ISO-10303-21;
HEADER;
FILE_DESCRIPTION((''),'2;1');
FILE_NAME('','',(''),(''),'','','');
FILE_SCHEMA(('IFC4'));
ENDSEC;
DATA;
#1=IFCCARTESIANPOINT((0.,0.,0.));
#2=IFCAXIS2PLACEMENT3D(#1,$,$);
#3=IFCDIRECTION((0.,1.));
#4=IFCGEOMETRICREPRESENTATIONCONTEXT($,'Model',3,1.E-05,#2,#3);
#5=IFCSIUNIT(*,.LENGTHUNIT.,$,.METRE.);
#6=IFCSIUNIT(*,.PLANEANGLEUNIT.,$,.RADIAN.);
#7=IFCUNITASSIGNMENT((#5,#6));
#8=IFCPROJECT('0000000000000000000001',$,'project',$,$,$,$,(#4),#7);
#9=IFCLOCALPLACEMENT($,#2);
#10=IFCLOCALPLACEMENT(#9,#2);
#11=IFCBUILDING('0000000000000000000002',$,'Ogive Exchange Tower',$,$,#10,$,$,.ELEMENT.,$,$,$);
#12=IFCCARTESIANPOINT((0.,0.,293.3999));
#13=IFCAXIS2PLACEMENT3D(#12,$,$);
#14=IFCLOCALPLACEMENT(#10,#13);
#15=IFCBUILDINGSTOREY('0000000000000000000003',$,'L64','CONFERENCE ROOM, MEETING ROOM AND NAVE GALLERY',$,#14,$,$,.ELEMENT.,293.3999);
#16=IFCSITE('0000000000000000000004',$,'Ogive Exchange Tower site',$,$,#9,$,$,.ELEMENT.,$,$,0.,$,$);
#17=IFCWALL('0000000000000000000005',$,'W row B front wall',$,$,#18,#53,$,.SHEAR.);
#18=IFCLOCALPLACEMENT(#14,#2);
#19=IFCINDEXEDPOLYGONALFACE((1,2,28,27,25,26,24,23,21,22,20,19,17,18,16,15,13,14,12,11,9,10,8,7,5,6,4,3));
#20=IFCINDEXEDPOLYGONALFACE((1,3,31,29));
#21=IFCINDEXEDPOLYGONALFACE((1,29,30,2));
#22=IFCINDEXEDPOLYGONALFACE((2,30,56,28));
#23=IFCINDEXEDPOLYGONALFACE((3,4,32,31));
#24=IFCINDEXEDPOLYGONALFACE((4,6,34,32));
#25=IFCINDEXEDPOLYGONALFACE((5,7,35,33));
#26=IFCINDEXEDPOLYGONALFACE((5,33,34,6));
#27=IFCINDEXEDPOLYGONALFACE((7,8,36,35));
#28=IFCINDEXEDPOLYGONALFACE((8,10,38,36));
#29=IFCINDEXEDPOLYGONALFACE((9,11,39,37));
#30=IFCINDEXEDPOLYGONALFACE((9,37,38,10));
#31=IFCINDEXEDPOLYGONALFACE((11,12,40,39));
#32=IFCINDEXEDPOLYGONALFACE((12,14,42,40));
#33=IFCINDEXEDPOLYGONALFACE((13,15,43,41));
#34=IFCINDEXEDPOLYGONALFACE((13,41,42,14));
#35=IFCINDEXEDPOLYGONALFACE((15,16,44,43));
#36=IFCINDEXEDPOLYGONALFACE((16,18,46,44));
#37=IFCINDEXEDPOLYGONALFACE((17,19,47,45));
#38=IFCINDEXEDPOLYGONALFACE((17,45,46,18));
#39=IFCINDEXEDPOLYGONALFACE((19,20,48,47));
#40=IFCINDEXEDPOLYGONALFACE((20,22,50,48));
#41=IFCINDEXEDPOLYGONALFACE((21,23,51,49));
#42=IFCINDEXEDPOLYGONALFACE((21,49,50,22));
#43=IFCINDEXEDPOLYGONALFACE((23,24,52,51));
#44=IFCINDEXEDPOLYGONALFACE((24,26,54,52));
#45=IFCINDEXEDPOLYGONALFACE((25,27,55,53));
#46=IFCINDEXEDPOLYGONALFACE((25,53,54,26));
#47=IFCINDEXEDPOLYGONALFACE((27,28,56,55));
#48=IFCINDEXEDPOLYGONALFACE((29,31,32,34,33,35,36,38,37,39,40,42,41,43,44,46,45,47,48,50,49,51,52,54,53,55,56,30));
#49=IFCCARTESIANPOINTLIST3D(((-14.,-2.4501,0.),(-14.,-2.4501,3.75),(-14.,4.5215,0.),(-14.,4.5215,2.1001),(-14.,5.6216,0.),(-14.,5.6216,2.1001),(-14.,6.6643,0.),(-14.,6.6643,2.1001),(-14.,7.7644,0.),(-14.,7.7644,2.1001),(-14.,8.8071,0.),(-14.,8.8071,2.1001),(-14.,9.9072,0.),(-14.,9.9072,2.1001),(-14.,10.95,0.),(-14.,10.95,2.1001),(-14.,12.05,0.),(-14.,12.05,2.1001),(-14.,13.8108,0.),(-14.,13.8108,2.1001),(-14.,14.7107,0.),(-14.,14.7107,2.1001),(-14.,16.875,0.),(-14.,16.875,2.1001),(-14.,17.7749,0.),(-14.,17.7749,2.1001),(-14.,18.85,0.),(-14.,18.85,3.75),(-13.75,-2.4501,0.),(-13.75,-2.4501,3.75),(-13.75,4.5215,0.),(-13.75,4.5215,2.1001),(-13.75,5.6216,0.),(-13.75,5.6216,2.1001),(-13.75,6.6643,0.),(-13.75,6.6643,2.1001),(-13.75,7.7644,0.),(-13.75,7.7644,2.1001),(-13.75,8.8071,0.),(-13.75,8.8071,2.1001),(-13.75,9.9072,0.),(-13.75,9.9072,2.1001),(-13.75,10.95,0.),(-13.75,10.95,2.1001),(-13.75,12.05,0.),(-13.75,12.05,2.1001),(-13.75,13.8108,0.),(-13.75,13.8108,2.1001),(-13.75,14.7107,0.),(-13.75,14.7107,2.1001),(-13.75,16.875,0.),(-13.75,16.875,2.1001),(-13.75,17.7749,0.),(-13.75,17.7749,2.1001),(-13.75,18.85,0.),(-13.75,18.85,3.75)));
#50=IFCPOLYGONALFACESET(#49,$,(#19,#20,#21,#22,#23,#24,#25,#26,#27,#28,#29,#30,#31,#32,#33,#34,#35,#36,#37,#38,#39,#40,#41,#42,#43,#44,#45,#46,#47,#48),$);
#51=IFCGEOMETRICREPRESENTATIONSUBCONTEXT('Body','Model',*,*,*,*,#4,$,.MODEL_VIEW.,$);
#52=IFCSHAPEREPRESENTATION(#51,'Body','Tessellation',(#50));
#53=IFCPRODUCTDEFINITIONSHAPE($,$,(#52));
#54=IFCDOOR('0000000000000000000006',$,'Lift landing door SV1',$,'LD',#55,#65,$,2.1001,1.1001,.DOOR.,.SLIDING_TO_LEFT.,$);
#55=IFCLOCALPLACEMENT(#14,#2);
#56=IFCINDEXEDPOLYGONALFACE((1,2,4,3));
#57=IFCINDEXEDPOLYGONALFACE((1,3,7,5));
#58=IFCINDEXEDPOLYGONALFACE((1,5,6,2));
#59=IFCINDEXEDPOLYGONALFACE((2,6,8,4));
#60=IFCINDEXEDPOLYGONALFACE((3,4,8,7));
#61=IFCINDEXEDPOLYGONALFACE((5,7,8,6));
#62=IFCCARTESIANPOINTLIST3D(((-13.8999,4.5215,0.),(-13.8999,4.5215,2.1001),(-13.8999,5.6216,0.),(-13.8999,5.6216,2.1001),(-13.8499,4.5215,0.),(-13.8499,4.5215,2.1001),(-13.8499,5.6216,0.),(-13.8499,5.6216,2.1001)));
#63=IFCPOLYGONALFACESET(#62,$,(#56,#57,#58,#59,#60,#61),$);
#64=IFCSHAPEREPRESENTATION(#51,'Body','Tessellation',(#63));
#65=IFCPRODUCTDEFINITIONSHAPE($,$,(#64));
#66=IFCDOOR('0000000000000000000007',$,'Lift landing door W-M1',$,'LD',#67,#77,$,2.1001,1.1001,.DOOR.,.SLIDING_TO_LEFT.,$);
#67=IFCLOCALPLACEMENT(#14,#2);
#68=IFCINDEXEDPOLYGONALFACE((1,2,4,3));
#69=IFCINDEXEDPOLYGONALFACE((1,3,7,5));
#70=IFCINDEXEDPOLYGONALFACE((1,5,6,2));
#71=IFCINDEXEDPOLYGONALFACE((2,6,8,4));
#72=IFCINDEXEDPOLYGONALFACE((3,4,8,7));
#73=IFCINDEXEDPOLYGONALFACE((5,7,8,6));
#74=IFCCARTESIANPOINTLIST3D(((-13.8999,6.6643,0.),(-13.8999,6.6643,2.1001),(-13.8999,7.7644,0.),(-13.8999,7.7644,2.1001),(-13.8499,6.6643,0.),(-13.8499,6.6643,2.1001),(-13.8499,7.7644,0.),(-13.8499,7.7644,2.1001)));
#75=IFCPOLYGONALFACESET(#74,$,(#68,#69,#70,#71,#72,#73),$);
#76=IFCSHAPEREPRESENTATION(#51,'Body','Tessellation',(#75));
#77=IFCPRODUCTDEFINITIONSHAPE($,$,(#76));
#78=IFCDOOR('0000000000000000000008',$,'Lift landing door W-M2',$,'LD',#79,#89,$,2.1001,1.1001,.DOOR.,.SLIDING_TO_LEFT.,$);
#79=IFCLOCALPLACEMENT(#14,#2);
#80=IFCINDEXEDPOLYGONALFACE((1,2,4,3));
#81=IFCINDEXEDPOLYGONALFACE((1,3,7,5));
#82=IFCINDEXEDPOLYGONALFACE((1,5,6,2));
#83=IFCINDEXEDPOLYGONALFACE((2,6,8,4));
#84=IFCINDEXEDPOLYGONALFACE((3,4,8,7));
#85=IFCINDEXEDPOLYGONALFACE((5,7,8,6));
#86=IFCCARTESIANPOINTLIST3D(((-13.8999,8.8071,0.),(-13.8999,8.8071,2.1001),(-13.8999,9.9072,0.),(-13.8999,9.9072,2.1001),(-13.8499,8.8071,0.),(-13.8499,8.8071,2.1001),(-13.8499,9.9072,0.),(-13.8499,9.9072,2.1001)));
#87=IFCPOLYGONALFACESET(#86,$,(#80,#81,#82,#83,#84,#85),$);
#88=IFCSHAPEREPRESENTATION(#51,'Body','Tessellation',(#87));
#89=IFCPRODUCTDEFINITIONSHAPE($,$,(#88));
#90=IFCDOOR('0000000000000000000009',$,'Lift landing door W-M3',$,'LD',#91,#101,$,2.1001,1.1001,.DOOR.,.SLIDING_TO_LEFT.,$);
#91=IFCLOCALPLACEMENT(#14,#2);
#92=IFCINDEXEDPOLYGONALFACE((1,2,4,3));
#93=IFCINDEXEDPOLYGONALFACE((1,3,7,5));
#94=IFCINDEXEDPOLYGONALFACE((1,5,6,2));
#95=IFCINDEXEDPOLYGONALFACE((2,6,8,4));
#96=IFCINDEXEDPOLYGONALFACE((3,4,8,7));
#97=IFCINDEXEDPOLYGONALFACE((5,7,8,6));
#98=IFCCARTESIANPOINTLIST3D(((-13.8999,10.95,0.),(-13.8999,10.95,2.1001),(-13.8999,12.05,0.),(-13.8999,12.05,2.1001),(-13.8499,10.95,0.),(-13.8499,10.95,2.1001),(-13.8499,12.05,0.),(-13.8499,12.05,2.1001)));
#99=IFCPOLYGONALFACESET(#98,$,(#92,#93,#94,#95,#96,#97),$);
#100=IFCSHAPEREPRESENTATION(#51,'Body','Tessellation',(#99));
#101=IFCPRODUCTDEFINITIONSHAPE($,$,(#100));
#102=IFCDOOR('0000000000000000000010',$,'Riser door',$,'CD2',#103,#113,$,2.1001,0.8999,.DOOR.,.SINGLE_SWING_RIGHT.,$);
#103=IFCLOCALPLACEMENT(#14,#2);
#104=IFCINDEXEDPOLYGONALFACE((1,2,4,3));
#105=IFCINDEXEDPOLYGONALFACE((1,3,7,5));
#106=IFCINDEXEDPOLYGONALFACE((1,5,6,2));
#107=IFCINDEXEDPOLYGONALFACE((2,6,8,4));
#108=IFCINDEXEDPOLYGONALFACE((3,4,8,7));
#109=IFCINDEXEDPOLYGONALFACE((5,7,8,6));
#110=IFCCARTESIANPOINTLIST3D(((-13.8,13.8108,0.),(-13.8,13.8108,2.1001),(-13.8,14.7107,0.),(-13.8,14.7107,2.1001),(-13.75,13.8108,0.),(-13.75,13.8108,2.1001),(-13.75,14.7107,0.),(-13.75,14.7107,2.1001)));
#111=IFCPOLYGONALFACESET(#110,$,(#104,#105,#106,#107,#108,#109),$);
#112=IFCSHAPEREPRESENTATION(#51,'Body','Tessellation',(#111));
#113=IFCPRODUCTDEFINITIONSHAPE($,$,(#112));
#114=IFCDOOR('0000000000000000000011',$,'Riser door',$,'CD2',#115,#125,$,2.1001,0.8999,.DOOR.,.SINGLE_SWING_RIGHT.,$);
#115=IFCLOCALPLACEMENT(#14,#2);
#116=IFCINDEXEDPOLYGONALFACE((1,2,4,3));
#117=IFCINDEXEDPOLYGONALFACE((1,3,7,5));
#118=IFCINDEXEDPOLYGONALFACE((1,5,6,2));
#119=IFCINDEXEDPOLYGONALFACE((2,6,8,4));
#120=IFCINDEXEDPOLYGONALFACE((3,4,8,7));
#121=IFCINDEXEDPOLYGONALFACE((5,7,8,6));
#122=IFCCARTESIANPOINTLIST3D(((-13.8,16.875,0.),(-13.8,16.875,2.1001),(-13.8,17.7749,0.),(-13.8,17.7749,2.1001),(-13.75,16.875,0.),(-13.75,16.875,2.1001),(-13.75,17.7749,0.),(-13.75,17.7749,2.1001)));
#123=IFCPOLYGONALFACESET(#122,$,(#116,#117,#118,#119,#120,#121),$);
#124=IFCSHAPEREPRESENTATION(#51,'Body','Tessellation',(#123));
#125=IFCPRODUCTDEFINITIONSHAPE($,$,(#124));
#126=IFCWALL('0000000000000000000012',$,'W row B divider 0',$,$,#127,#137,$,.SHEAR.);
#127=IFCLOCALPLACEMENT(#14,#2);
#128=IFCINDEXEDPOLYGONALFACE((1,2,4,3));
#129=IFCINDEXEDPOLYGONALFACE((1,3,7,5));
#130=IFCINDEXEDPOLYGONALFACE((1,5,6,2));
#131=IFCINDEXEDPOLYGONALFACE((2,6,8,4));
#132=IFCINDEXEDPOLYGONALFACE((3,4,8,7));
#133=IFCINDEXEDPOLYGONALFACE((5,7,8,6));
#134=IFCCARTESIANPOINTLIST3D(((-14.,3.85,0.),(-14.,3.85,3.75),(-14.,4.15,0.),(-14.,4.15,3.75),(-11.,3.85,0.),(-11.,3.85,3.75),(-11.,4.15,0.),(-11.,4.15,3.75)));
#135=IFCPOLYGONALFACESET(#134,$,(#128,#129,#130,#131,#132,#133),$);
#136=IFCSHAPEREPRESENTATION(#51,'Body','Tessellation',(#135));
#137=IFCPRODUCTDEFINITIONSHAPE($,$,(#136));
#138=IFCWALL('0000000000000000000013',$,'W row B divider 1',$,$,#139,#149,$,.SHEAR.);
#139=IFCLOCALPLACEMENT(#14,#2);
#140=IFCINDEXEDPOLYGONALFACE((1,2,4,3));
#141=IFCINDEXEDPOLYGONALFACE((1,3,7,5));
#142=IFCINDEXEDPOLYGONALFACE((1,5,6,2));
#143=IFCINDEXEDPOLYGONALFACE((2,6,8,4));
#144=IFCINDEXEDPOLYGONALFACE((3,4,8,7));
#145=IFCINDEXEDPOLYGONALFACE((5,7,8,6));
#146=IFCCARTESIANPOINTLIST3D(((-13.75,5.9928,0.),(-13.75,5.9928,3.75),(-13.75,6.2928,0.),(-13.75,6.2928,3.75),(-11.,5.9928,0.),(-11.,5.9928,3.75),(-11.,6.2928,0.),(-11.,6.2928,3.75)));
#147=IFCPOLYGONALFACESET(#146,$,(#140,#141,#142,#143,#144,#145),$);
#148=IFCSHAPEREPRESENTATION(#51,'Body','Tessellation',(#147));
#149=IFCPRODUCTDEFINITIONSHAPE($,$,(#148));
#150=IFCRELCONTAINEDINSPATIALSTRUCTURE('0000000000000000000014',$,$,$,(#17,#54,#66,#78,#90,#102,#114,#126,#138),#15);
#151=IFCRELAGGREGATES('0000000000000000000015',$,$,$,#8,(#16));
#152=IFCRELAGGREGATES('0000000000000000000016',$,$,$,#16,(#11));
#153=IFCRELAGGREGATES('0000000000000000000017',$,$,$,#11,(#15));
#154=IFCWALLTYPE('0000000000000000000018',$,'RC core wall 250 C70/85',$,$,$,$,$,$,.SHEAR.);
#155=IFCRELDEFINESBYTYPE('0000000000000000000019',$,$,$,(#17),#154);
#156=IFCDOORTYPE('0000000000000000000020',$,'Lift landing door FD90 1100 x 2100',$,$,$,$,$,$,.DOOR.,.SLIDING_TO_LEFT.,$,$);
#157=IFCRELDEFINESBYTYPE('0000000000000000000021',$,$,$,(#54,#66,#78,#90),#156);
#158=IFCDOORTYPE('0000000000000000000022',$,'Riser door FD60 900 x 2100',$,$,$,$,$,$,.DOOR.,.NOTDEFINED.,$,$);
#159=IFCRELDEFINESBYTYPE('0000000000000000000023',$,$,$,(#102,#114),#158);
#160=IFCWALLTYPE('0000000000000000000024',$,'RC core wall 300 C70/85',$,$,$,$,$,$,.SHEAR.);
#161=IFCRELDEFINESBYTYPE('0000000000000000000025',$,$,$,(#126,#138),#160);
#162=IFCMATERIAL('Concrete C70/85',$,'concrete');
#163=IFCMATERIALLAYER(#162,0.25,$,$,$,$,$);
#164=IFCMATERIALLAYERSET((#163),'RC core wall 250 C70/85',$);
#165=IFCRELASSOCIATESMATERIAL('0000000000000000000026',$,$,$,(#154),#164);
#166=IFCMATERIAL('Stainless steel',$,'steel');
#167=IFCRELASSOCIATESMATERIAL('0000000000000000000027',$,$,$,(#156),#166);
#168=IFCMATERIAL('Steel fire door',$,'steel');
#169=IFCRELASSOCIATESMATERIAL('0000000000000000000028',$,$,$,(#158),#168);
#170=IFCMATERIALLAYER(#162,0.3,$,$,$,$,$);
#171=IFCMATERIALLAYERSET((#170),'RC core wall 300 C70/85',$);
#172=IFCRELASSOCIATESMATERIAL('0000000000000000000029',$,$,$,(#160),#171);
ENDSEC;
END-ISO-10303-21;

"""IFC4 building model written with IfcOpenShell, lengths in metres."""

from ifc_helpers import new_model, si_unit, direction, frame, frame_2d, origin, place, context, subcontext, project, spatial, rectangle, extrude, material, layer, layer_set, type_object, element, fill, save


model = new_model("IFC4")

# Units and contexts
model_context = context("Model", 3, precision=1e-05, world=origin(), true_north=direction((0.0, 1.0)))
body_context = subcontext(model_context, "Body", "Model", "MODEL_VIEW")
ifc_project = project(units=[si_unit("LENGTHUNIT", "METRE"), si_unit("PLANEANGLEUNIT", "RADIAN")], contexts=[model_context])

# Site, building, storey
site_placement = place(None, origin())
site = spatial("IfcSite", under=ifc_project, at=site_placement, Name="Ogive Exchange Tower site", CompositionType="ELEMENT", RefElevation=0.0)
building_placement = place(site_placement, origin())
building = spatial("IfcBuilding", under=site, at=building_placement, Name="Ogive Exchange Tower", CompositionType="ELEMENT")
storey_placement = place(building_placement, frame((0.0, 0.0, 293.3999)))
storey = spatial("IfcBuildingStorey", under=building, at=storey_placement, Name="L64", Description="CONFERENCE ROOM, MEETING ROOM AND NAVE GALLERY", CompositionType="ELEMENT", Elevation=293.3999)

# Shared definitions
ifc_material_1 = material(Name="Concrete C70/85", Category="concrete")
ifc_material_2 = material(Name="Steel fire door", Category="steel")

# Wall, openings, doors
ifc_layer_1 = layer(ifc_material_1, 0.25)
ifc_layer_set_1 = layer_set([ifc_layer_1], Name="RC core wall 250 C70/85")
wall_type_1 = type_object("IfcWallType", Name="RC core wall 250 C70/85", PredefinedType="SHEAR", material=ifc_layer_set_1)
wall_1_placement = place(storey_placement, frame((-13.875, -2.45, 0.0), z_axis=(0.0, 0.0, 1.0), x_axis=(0.0, 1.0, 0.0)))
wall_1 = element("IfcWall", 1, at=wall_1_placement, inside=storey, type_object=wall_type_1, Name="W row B front wall", PredefinedType="SHEAR", context=body_context, shape_type="SweptSolid", body=[
    extrude(rectangle(XDim=21.3, YDim=0.25, at=frame_2d((10.6499, 0.0))), origin(), (0.0, 0.0, 1.0), 3.75),
])
opening_1_placement = place(wall_1_placement, frame((16.2607, 0.0, 0.0)))
opening_1 = element("IfcOpeningElement", 2, at=opening_1_placement, cuts=wall_1, PredefinedType="OPENING", context=body_context, shape_type="SweptSolid", body=[
    extrude(rectangle(XDim=0.8999, YDim=2.1001, at=frame_2d((0.45, 1.05))), frame((0.0, 0.135, 0.0), z_axis=(0.0, -1.0, 0.0), x_axis=(1.0, 0.0, 0.0)), (0.0, 0.0, 1.0), 0.27),
])
opening_2_placement = place(wall_1_placement, frame((19.325, 0.0, 0.0)))
opening_2 = element("IfcOpeningElement", 3, at=opening_2_placement, cuts=wall_1, PredefinedType="OPENING", context=body_context, shape_type="SweptSolid", body=[
    extrude(rectangle(XDim=0.8999, YDim=2.1001, at=frame_2d((0.45, 1.05))), frame((0.0, 0.135, 0.0), z_axis=(0.0, -1.0, 0.0), x_axis=(1.0, 0.0, 0.0)), (0.0, 0.0, 1.0), 0.27),
])
opening_3_placement = place(wall_1_placement, frame((6.9714, 0.0, 0.0)))
opening_3 = element("IfcOpeningElement", 4, at=opening_3_placement, cuts=wall_1, PredefinedType="OPENING", context=body_context, shape_type="SweptSolid", body=[
    extrude(rectangle(XDim=1.1001, YDim=2.1001, at=frame_2d((0.55, 1.05))), frame((0.0, 0.135, 0.0), z_axis=(0.0, -1.0, 0.0), x_axis=(1.0, 0.0, 0.0)), (0.0, 0.0, 1.0), 0.27),
])
opening_4_placement = place(wall_1_placement, frame((9.1143, 0.0, 0.0)))
opening_4 = element("IfcOpeningElement", 5, at=opening_4_placement, cuts=wall_1, PredefinedType="OPENING", context=body_context, shape_type="SweptSolid", body=[
    extrude(rectangle(XDim=1.1001, YDim=2.1001, at=frame_2d((0.55, 1.05))), frame((0.0, 0.135, 0.0), z_axis=(0.0, -1.0, 0.0), x_axis=(1.0, 0.0, 0.0)), (0.0, 0.0, 1.0), 0.27),
])
opening_5_placement = place(wall_1_placement, frame((11.2571, 0.0, 0.0)))
opening_5 = element("IfcOpeningElement", 6, at=opening_5_placement, cuts=wall_1, PredefinedType="OPENING", context=body_context, shape_type="SweptSolid", body=[
    extrude(rectangle(XDim=1.1001, YDim=2.1001, at=frame_2d((0.55, 1.05))), frame((0.0, 0.135, 0.0), z_axis=(0.0, -1.0, 0.0), x_axis=(1.0, 0.0, 0.0)), (0.0, 0.0, 1.0), 0.27),
])
opening_6_placement = place(wall_1_placement, frame((13.3999, 0.0, 0.0)))
opening_6 = element("IfcOpeningElement", 7, at=opening_6_placement, cuts=wall_1, PredefinedType="OPENING", context=body_context, shape_type="SweptSolid", body=[
    extrude(rectangle(XDim=1.1001, YDim=2.1001, at=frame_2d((0.55, 1.05))), frame((0.0, 0.135, 0.0), z_axis=(0.0, -1.0, 0.0), x_axis=(1.0, 0.0, 0.0)), (0.0, 0.0, 1.0), 0.27),
])
ifc_material_3 = material(Name="Stainless steel", Category="steel")
door_type_1 = type_object("IfcDoorType", Name="Lift landing door FD90 1100 x 2100", OperationType="SLIDING_TO_LEFT", PredefinedType="DOOR", material=ifc_material_3)
door_1_placement = place(opening_3_placement, origin())
door_1 = element("IfcDoor", 8, at=door_1_placement, inside=storey, type_object=door_type_1, Name="Lift landing door SV1", ObjectType="LD", OperationType="SLIDING_TO_LEFT", OverallHeight=2.1001, OverallWidth=1.1001, PredefinedType="DOOR", context=body_context, shape_type="SweptSolid", body=[
    extrude(rectangle(XDim=1.1001, YDim=2.1001, at=frame_2d((0.55, 1.05))), frame((0.0, 0.0249, 0.0), z_axis=(0.0, -1.0, 0.0), x_axis=(1.0, 0.0, 0.0)), (0.0, 0.0, 1.0), 0.05),
])
fill(opening_3, door_1)
door_2_placement = place(opening_4_placement, origin())
door_2 = element("IfcDoor", 9, at=door_2_placement, inside=storey, type_object=door_type_1, Name="Lift landing door W-M1", ObjectType="LD", OperationType="SLIDING_TO_LEFT", OverallHeight=2.1001, OverallWidth=1.1001, PredefinedType="DOOR", context=body_context, shape_type="SweptSolid", body=[
    extrude(rectangle(XDim=1.1001, YDim=2.1001, at=frame_2d((0.55, 1.05))), frame((0.0, 0.0249, 0.0), z_axis=(0.0, -1.0, 0.0), x_axis=(1.0, 0.0, 0.0)), (0.0, 0.0, 1.0), 0.05),
])
fill(opening_4, door_2)
door_3_placement = place(opening_5_placement, origin())
door_3 = element("IfcDoor", 10, at=door_3_placement, inside=storey, type_object=door_type_1, Name="Lift landing door W-M2", ObjectType="LD", OperationType="SLIDING_TO_LEFT", OverallHeight=2.1001, OverallWidth=1.1001, PredefinedType="DOOR", context=body_context, shape_type="SweptSolid", body=[
    extrude(rectangle(XDim=1.1001, YDim=2.1001, at=frame_2d((0.55, 1.05))), frame((0.0, 0.0249, 0.0), z_axis=(0.0, -1.0, 0.0), x_axis=(1.0, 0.0, 0.0)), (0.0, 0.0, 1.0), 0.05),
])
fill(opening_5, door_3)
door_4_placement = place(opening_6_placement, origin())
door_4 = element("IfcDoor", 11, at=door_4_placement, inside=storey, type_object=door_type_1, Name="Lift landing door W-M3", ObjectType="LD", OperationType="SLIDING_TO_LEFT", OverallHeight=2.1001, OverallWidth=1.1001, PredefinedType="DOOR", context=body_context, shape_type="SweptSolid", body=[
    extrude(rectangle(XDim=1.1001, YDim=2.1001, at=frame_2d((0.55, 1.05))), frame((0.0, 0.0249, 0.0), z_axis=(0.0, -1.0, 0.0), x_axis=(1.0, 0.0, 0.0)), (0.0, 0.0, 1.0), 0.05),
])
fill(opening_6, door_4)
door_type_2 = type_object("IfcDoorType", Name="Riser door FD60 900 x 2100", OperationType="NOTDEFINED", PredefinedType="DOOR", material=ifc_material_2)
door_5_placement = place(opening_1_placement, frame((0.8999, -0.2002, 0.0), z_axis=(0.0, 0.0, 1.0), x_axis=(-1.0, 0.0, 0.0)))
door_5 = element("IfcDoor", 12, at=door_5_placement, inside=storey, type_object=door_type_2, Name="Riser door", ObjectType="CD2", OperationType="SINGLE_SWING_RIGHT", OverallHeight=2.1001, OverallWidth=0.8999, PredefinedType="DOOR", context=body_context, shape_type="SweptSolid", body=[
    extrude(rectangle(XDim=0.8999, YDim=2.1001, at=frame_2d((0.45, 1.05))), frame((0.0, -0.0752, 0.0), z_axis=(0.0, -1.0, 0.0), x_axis=(1.0, 0.0, 0.0)), (0.0, 0.0, 1.0), 0.05),
])
fill(opening_1, door_5)
door_6_placement = place(opening_2_placement, frame((0.8999, -0.2002, 0.0), z_axis=(0.0, 0.0, 1.0), x_axis=(-1.0, 0.0, 0.0)))
door_6 = element("IfcDoor", 13, at=door_6_placement, inside=storey, type_object=door_type_2, Name="Riser door", ObjectType="CD2", OperationType="SINGLE_SWING_RIGHT", OverallHeight=2.1001, OverallWidth=0.8999, PredefinedType="DOOR", context=body_context, shape_type="SweptSolid", body=[
    extrude(rectangle(XDim=0.8999, YDim=2.1001, at=frame_2d((0.45, 1.05))), frame((0.0, -0.0752, 0.0), z_axis=(0.0, -1.0, 0.0), x_axis=(1.0, 0.0, 0.0)), (0.0, 0.0, 1.0), 0.05),
])
fill(opening_2, door_6)

# Walls
ifc_layer_2 = layer(ifc_material_1, 0.3)
ifc_layer_set_2 = layer_set([ifc_layer_2], Name="RC core wall 300 C70/85")
wall_type_2 = type_object("IfcWallType", Name="RC core wall 300 C70/85", PredefinedType="SHEAR", material=ifc_layer_set_2)
wall_2_placement = place(storey_placement, frame((-14.0, 4.0, 0.0), z_axis=(0.0, 0.0, 1.0), x_axis=(1.0, 0.0, 0.0)))
element("IfcWall", 14, at=wall_2_placement, inside=storey, type_object=wall_type_2, Name="W row B divider 0", PredefinedType="SHEAR", context=body_context, shape_type="SweptSolid", body=[
    extrude(rectangle(XDim=3.0, YDim=0.3, at=frame_2d((1.5, 0.0))), origin(), (0.0, 0.0, 1.0), 3.75),
])
wall_3_placement = place(storey_placement, frame((-13.75, 6.1428, 0.0), z_axis=(0.0, 0.0, 1.0), x_axis=(1.0, 0.0, 0.0)))
element("IfcWall", 15, at=wall_3_placement, inside=storey, type_object=wall_type_2, Name="W row B divider 1", PredefinedType="SHEAR", context=body_context, shape_type="SweptSolid", body=[
    extrude(rectangle(XDim=2.75, YDim=0.3, at=frame_2d((1.375, 0.0))), origin(), (0.0, 0.0, 1.0), 3.75),
])

save(model, "model.ifc")
